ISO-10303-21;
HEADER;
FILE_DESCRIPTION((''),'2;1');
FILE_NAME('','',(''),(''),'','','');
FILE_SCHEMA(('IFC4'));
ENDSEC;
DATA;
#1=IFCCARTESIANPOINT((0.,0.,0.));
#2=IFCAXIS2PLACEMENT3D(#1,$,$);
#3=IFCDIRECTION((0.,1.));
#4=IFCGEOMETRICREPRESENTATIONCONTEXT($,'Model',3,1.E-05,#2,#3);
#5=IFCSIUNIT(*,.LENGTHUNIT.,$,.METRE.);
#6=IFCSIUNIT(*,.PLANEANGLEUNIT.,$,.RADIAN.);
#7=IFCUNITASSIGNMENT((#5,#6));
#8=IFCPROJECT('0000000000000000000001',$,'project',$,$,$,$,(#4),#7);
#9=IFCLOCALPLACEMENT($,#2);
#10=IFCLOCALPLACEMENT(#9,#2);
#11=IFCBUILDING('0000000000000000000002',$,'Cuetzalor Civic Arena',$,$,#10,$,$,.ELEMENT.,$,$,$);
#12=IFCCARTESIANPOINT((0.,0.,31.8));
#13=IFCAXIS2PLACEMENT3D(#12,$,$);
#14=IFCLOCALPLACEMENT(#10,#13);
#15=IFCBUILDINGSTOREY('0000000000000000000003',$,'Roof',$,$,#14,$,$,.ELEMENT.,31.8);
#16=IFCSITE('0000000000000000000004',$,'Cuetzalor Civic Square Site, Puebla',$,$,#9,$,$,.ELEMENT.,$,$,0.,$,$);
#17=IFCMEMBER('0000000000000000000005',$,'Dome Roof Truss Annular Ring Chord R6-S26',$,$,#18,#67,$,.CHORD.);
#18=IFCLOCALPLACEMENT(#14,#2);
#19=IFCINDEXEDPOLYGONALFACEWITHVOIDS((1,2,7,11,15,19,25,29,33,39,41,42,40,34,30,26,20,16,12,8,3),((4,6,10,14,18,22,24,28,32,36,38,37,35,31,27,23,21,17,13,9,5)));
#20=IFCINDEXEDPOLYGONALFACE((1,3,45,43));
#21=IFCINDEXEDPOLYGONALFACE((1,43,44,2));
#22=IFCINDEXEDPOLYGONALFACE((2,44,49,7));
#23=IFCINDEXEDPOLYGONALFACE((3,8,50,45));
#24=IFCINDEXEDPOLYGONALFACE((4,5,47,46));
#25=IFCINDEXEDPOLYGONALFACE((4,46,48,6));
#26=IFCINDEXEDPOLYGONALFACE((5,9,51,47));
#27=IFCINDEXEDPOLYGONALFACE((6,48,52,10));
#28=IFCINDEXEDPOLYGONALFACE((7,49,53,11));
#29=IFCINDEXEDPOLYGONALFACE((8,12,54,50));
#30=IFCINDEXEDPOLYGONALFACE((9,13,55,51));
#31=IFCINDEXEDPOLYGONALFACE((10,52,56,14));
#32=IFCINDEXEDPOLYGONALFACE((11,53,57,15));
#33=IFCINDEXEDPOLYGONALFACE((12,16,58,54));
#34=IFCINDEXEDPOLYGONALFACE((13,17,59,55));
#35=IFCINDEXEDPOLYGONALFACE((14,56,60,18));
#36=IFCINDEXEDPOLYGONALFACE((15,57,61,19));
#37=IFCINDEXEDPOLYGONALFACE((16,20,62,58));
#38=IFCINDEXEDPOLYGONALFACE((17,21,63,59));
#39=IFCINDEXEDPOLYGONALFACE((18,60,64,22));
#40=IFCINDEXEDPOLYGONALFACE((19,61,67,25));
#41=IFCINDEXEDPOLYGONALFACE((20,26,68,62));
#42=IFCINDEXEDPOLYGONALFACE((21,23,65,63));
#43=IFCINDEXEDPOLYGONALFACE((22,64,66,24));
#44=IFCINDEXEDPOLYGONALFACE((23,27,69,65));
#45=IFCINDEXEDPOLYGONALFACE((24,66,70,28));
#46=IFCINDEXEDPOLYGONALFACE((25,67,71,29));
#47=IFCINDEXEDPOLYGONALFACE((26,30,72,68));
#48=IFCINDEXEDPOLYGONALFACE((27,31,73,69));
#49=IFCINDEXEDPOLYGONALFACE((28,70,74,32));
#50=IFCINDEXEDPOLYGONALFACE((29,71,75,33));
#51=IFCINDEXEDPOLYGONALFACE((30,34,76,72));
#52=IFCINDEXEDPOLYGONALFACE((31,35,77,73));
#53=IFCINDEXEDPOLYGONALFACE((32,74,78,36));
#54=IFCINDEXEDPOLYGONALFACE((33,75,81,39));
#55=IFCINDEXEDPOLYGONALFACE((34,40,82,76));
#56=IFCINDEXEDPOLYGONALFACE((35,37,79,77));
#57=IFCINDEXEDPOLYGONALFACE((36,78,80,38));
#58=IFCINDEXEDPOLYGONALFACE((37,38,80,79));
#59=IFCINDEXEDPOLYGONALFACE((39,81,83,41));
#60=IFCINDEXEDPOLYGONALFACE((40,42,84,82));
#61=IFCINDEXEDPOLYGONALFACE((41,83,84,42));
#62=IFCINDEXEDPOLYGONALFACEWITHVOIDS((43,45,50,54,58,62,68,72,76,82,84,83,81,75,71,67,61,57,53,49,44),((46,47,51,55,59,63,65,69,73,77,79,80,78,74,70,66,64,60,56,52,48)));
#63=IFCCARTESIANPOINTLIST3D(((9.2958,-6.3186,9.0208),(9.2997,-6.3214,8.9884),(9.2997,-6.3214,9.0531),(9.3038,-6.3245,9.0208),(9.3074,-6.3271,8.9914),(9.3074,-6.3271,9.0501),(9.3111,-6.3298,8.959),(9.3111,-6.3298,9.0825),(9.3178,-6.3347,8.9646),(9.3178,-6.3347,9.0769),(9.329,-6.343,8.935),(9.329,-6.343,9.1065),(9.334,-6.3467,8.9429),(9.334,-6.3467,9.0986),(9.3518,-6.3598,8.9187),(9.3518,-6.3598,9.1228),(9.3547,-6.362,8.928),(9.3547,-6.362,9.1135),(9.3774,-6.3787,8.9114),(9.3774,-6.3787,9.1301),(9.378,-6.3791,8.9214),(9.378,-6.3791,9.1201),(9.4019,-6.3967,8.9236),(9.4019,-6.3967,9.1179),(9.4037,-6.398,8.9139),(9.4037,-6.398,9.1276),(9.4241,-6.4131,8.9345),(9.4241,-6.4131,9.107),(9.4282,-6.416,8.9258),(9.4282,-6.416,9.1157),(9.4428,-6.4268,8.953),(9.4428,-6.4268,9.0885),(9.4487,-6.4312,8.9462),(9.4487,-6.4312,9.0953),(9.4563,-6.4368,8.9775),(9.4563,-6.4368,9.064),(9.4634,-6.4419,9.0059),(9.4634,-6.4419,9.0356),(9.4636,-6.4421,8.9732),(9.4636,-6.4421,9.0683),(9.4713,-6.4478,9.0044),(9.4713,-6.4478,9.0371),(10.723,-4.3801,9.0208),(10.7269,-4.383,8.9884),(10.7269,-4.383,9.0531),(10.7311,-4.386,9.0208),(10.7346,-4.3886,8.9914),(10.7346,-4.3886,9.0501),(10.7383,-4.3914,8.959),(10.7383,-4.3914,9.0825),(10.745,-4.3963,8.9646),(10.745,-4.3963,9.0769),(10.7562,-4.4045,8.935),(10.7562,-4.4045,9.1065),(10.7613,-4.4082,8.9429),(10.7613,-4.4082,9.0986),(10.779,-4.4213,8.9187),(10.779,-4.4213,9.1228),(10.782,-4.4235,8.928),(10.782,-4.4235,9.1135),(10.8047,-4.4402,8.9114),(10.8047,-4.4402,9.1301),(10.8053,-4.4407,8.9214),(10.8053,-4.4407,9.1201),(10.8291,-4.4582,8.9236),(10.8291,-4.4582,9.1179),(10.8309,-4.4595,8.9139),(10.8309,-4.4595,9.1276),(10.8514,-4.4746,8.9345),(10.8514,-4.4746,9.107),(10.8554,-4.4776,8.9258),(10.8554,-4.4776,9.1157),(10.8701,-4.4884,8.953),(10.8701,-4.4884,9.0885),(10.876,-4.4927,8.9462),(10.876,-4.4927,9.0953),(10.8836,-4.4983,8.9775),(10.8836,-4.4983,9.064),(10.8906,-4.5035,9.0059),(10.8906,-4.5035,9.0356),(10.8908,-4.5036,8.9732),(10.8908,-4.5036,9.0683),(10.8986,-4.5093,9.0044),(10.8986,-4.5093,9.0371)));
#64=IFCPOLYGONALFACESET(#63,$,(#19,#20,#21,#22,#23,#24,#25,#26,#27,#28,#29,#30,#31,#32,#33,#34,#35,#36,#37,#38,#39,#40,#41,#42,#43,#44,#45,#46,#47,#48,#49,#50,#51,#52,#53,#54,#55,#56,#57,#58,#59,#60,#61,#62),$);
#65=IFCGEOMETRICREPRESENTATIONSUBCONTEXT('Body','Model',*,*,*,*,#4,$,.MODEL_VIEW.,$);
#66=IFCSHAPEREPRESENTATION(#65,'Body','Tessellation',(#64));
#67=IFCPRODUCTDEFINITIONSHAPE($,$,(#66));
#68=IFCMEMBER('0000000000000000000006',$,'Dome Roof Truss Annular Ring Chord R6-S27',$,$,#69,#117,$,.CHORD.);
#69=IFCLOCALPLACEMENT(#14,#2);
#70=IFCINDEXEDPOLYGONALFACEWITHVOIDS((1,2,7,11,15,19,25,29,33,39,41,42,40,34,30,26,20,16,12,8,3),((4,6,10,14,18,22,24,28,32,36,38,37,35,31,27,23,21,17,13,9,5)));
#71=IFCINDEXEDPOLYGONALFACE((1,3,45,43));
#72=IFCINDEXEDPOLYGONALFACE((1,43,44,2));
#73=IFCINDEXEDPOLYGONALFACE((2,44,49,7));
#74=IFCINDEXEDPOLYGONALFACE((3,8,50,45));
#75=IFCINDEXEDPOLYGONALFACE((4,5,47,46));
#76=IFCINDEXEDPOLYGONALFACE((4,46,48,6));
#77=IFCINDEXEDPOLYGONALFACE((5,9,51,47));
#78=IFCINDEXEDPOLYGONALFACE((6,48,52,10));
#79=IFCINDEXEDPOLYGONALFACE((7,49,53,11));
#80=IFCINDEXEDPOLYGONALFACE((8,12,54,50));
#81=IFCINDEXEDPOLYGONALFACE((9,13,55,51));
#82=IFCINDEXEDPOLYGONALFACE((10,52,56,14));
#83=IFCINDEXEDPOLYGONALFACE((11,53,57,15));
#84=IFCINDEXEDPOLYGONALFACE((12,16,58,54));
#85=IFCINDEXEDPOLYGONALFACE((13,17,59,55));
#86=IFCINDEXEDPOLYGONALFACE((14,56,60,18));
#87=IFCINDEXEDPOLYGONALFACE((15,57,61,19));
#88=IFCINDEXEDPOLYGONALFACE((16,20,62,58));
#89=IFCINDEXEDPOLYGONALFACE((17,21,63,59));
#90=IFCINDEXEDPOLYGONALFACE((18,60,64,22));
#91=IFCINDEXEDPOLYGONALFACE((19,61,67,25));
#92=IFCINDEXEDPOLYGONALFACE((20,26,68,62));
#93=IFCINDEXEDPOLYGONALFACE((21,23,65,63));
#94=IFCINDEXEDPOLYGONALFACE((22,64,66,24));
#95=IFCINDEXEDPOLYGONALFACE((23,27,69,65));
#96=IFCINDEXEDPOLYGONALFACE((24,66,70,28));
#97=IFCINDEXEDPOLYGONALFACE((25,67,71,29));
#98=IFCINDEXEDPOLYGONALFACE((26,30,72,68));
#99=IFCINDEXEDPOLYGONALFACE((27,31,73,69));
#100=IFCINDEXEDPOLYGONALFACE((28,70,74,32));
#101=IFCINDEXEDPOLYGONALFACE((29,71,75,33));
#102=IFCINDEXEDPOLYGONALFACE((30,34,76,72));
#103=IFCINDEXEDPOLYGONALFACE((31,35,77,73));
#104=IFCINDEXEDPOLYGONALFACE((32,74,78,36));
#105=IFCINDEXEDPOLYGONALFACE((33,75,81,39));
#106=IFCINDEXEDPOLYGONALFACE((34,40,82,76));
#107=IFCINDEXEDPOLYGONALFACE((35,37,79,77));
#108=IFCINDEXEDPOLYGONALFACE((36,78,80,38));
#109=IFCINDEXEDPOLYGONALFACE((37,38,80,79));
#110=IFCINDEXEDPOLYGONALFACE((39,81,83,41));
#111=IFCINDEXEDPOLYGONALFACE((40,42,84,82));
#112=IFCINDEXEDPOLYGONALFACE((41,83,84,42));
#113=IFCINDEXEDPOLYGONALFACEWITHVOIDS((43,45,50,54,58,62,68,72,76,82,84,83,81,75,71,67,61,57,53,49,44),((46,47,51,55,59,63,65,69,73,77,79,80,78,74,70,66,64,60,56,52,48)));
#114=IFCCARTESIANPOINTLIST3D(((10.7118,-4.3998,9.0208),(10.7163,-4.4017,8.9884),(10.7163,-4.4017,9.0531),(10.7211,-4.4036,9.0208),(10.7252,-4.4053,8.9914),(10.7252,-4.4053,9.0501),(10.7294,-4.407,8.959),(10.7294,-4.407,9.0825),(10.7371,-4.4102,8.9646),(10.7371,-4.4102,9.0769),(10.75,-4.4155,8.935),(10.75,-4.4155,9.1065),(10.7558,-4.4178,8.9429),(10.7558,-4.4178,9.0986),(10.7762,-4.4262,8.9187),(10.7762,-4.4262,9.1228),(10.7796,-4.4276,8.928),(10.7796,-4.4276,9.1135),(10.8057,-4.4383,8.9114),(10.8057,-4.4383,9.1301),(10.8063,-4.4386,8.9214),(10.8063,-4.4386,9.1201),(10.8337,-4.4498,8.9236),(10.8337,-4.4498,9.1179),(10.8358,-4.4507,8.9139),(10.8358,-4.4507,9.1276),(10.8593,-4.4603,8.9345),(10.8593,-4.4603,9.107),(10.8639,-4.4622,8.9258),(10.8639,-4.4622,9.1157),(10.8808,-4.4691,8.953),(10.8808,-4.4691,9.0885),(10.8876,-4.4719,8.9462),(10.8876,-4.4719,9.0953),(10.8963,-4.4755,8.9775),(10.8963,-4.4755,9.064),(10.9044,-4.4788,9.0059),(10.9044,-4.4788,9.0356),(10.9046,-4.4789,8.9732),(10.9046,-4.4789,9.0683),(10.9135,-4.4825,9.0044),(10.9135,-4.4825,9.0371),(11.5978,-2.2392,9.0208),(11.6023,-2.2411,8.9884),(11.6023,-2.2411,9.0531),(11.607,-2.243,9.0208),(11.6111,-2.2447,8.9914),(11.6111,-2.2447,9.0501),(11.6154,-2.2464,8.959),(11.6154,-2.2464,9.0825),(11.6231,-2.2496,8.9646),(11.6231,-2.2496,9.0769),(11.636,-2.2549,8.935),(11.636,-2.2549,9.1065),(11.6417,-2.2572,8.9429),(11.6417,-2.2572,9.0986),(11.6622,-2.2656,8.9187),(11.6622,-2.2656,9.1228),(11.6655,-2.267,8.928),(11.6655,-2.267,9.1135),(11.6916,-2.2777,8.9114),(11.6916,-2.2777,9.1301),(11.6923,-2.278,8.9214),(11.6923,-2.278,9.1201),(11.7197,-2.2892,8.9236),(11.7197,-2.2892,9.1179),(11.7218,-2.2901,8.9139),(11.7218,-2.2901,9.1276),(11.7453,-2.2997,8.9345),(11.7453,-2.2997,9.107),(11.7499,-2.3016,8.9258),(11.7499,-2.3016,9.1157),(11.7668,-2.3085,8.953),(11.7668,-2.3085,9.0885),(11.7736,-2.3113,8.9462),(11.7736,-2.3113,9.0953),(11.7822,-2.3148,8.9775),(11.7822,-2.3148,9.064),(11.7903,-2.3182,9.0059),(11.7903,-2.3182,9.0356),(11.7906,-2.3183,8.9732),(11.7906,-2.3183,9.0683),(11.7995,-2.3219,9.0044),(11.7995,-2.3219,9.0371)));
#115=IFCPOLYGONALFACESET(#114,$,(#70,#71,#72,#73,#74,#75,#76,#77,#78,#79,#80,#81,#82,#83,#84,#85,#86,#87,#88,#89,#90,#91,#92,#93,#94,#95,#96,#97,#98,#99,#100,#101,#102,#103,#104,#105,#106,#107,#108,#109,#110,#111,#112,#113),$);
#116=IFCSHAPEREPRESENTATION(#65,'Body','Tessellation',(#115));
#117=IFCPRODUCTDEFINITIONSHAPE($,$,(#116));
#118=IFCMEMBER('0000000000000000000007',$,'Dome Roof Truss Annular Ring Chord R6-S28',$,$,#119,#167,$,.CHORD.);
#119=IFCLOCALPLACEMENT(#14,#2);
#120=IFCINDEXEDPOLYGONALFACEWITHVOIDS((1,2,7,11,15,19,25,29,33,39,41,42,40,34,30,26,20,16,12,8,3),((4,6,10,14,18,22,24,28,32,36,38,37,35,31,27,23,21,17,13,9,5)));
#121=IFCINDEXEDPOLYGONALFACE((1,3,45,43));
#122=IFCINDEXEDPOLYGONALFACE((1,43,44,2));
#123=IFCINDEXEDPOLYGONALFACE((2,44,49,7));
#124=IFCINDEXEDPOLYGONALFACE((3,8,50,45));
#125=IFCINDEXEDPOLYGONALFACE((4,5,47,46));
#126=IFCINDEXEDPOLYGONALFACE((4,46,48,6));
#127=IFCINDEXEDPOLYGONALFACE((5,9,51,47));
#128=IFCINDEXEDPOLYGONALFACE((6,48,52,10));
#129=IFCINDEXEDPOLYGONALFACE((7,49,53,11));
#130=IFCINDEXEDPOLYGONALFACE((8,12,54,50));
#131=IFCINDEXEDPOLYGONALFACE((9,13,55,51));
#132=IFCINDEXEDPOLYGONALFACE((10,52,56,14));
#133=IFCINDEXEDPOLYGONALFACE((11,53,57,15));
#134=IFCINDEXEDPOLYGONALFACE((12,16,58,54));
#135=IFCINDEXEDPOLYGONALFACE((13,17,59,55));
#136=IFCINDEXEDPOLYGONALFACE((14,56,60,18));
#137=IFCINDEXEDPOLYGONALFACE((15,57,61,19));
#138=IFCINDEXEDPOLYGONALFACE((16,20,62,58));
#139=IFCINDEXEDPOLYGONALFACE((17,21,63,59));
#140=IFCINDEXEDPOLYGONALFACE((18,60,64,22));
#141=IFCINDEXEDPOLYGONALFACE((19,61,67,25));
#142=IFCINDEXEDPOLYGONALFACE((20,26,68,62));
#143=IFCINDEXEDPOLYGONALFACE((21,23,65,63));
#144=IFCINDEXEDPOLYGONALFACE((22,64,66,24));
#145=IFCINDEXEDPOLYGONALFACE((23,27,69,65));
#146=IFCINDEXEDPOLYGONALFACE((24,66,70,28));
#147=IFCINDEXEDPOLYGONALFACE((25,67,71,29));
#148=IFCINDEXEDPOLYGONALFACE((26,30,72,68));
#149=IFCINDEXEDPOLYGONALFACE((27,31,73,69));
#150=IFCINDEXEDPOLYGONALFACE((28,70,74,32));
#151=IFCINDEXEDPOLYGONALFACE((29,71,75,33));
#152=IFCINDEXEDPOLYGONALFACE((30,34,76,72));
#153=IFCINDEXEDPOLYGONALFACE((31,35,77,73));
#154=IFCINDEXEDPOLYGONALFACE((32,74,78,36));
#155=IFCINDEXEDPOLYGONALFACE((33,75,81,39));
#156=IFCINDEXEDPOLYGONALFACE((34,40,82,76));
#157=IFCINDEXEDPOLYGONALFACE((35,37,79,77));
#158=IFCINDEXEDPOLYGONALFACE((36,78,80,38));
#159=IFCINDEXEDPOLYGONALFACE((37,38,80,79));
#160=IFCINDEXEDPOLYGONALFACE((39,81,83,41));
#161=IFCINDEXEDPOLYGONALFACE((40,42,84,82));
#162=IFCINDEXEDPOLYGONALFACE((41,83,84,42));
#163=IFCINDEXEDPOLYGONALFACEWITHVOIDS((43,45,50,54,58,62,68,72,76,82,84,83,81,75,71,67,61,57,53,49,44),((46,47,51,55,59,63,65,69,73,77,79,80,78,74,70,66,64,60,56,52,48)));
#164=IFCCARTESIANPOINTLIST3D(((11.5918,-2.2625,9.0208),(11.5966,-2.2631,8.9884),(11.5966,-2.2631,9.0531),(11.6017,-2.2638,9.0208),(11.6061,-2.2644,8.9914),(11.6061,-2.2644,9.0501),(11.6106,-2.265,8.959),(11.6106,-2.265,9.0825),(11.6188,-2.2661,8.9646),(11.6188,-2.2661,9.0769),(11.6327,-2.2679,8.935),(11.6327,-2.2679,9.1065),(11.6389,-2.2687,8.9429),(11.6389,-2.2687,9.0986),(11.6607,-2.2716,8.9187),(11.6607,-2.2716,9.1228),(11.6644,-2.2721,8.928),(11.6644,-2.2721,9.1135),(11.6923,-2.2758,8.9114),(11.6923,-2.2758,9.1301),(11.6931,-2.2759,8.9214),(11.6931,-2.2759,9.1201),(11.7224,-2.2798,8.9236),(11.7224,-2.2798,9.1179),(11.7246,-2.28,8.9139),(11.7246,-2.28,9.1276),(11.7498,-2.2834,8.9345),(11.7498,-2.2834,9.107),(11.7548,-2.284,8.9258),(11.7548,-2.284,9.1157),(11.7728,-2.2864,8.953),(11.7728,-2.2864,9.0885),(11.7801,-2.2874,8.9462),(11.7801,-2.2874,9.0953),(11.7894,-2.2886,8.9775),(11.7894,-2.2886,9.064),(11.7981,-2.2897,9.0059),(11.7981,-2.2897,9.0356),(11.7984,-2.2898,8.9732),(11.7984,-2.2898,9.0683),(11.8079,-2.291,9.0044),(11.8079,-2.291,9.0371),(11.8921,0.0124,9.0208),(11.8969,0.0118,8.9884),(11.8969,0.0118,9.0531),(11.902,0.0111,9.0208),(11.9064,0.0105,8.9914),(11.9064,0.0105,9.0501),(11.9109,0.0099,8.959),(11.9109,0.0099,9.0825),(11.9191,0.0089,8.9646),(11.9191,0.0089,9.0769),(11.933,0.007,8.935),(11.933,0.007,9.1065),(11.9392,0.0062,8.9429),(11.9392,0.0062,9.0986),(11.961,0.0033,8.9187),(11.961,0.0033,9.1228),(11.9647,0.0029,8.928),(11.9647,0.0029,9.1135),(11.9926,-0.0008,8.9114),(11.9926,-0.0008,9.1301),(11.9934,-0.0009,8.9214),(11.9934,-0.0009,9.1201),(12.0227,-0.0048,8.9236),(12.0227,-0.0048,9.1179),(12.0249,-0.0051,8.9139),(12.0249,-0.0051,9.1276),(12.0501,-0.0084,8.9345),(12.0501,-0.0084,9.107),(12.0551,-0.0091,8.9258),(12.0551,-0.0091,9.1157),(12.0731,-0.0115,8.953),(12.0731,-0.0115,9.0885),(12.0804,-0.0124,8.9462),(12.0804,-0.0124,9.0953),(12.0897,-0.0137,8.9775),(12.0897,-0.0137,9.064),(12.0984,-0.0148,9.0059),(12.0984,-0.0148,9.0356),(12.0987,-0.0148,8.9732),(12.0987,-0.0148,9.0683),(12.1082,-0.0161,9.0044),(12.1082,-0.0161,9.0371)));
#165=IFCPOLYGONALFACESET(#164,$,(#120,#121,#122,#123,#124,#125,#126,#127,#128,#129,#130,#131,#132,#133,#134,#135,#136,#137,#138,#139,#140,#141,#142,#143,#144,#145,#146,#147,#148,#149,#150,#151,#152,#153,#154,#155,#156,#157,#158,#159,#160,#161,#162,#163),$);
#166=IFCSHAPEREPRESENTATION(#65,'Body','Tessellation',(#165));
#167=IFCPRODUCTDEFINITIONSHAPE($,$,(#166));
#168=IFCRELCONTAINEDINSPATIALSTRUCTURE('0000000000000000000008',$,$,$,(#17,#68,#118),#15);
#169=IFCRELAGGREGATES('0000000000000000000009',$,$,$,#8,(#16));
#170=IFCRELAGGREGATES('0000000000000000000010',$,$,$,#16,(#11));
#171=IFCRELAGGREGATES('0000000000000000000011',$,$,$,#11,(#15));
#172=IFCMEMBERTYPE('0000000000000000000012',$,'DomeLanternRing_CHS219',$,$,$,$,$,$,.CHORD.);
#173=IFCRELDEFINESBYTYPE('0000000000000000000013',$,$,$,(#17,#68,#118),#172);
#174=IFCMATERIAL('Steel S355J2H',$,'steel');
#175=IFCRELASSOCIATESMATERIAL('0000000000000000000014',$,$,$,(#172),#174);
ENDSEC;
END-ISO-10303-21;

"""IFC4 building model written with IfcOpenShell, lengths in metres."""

from ifc_helpers import new_model, si_unit, direction, frame, origin, origin_2d, place, context, subcontext, project, spatial, hollow_circle, extrude, material, material_profile, profile_set, type_object, element, save


model = new_model("IFC4")

# Units and contexts
model_context = context("Model", 3, precision=1e-05, world=origin(), true_north=direction((0.0, 1.0)))
body_context = subcontext(model_context, "Body", "Model", "MODEL_VIEW")
ifc_project = project(units=[si_unit("LENGTHUNIT", "METRE"), si_unit("PLANEANGLEUNIT", "RADIAN")], contexts=[model_context])

# Site, building, storey
site_placement = place(None, origin())
site = spatial("IfcSite", under=ifc_project, at=site_placement, Name="Cuetzalor Civic Square Site, Puebla", CompositionType="ELEMENT", RefElevation=0.0)
building_placement = place(site_placement, origin())
building = spatial("IfcBuilding", under=site, at=building_placement, Name="Cuetzalor Civic Arena", CompositionType="ELEMENT")
storey_placement = place(building_placement, frame((0.0, 0.0, 31.8)))
storey = spatial("IfcBuildingStorey", under=building, at=storey_placement, Name="Roof", CompositionType="ELEMENT", Elevation=31.8)

# Members
ifc_material_1 = material(Name="Steel S355J2H", Category="steel")
ifc_material_profile_1 = material_profile(ifc_material_1, hollow_circle(Radius=0.1096, WallThickness=0.01, at=origin_2d()), Name="CHS 219.1x10")
ifc_profile_set_1 = profile_set([ifc_material_profile_1], Name="Steel S355J2H")
member_type_1 = type_object("IfcMemberType", Name="DomeLanternRing_CHS219", PredefinedType="CHORD", material=ifc_profile_set_1)
member_1_placement = place(storey_placement, frame((9.384, -6.3835, 9.0208), z_axis=(0.592901, 0.805275, 0.0), x_axis=(-0.805275, 0.592901, 0.0)))
element("IfcMember", 1, at=member_1_placement, inside=storey, type_object=member_type_1, Name="Dome Roof Truss Annular Ring Chord R6-S26", PredefinedType="CHORD", context=body_context, shape_type="SweptSolid", body=[
    extrude(hollow_circle(Radius=0.1096, WallThickness=0.01, at=origin_2d()), origin(), (0.0, 0.0, 1.0), 2.4072),
])
member_2_placement = place(storey_placement, frame((10.8132, -4.4414, 9.0208), z_axis=(0.379398, 0.925234, 0.0), x_axis=(-0.925234, 0.379398, 0.0)))
element("IfcMember", 2, at=member_2_placement, inside=storey, type_object=member_type_1, Name="Dome Roof Truss Annular Ring Chord R6-S27", PredefinedType="CHORD", context=body_context, shape_type="SweptSolid", body=[
    extrude(hollow_circle(Radius=0.1096, WallThickness=0.01, at=origin_2d()), origin(), (0.0, 0.0, 1.0), 2.3352),
])
member_3_placement = place(storey_placement, frame((11.7004, -2.2769, 9.0208), z_axis=(0.130867, 0.9914, 0.0), x_axis=(-0.9914, 0.130867, 0.0)))
element("IfcMember", 3, at=member_3_placement, inside=storey, type_object=member_type_1, Name="Dome Roof Truss Annular Ring Chord R6-S28", PredefinedType="CHORD", context=body_context, shape_type="SweptSolid", body=[
    extrude(hollow_circle(Radius=0.1096, WallThickness=0.01, at=origin_2d()), origin(), (0.0, 0.0, 1.0), 2.2947),
])

save(model, "model.ifc")
